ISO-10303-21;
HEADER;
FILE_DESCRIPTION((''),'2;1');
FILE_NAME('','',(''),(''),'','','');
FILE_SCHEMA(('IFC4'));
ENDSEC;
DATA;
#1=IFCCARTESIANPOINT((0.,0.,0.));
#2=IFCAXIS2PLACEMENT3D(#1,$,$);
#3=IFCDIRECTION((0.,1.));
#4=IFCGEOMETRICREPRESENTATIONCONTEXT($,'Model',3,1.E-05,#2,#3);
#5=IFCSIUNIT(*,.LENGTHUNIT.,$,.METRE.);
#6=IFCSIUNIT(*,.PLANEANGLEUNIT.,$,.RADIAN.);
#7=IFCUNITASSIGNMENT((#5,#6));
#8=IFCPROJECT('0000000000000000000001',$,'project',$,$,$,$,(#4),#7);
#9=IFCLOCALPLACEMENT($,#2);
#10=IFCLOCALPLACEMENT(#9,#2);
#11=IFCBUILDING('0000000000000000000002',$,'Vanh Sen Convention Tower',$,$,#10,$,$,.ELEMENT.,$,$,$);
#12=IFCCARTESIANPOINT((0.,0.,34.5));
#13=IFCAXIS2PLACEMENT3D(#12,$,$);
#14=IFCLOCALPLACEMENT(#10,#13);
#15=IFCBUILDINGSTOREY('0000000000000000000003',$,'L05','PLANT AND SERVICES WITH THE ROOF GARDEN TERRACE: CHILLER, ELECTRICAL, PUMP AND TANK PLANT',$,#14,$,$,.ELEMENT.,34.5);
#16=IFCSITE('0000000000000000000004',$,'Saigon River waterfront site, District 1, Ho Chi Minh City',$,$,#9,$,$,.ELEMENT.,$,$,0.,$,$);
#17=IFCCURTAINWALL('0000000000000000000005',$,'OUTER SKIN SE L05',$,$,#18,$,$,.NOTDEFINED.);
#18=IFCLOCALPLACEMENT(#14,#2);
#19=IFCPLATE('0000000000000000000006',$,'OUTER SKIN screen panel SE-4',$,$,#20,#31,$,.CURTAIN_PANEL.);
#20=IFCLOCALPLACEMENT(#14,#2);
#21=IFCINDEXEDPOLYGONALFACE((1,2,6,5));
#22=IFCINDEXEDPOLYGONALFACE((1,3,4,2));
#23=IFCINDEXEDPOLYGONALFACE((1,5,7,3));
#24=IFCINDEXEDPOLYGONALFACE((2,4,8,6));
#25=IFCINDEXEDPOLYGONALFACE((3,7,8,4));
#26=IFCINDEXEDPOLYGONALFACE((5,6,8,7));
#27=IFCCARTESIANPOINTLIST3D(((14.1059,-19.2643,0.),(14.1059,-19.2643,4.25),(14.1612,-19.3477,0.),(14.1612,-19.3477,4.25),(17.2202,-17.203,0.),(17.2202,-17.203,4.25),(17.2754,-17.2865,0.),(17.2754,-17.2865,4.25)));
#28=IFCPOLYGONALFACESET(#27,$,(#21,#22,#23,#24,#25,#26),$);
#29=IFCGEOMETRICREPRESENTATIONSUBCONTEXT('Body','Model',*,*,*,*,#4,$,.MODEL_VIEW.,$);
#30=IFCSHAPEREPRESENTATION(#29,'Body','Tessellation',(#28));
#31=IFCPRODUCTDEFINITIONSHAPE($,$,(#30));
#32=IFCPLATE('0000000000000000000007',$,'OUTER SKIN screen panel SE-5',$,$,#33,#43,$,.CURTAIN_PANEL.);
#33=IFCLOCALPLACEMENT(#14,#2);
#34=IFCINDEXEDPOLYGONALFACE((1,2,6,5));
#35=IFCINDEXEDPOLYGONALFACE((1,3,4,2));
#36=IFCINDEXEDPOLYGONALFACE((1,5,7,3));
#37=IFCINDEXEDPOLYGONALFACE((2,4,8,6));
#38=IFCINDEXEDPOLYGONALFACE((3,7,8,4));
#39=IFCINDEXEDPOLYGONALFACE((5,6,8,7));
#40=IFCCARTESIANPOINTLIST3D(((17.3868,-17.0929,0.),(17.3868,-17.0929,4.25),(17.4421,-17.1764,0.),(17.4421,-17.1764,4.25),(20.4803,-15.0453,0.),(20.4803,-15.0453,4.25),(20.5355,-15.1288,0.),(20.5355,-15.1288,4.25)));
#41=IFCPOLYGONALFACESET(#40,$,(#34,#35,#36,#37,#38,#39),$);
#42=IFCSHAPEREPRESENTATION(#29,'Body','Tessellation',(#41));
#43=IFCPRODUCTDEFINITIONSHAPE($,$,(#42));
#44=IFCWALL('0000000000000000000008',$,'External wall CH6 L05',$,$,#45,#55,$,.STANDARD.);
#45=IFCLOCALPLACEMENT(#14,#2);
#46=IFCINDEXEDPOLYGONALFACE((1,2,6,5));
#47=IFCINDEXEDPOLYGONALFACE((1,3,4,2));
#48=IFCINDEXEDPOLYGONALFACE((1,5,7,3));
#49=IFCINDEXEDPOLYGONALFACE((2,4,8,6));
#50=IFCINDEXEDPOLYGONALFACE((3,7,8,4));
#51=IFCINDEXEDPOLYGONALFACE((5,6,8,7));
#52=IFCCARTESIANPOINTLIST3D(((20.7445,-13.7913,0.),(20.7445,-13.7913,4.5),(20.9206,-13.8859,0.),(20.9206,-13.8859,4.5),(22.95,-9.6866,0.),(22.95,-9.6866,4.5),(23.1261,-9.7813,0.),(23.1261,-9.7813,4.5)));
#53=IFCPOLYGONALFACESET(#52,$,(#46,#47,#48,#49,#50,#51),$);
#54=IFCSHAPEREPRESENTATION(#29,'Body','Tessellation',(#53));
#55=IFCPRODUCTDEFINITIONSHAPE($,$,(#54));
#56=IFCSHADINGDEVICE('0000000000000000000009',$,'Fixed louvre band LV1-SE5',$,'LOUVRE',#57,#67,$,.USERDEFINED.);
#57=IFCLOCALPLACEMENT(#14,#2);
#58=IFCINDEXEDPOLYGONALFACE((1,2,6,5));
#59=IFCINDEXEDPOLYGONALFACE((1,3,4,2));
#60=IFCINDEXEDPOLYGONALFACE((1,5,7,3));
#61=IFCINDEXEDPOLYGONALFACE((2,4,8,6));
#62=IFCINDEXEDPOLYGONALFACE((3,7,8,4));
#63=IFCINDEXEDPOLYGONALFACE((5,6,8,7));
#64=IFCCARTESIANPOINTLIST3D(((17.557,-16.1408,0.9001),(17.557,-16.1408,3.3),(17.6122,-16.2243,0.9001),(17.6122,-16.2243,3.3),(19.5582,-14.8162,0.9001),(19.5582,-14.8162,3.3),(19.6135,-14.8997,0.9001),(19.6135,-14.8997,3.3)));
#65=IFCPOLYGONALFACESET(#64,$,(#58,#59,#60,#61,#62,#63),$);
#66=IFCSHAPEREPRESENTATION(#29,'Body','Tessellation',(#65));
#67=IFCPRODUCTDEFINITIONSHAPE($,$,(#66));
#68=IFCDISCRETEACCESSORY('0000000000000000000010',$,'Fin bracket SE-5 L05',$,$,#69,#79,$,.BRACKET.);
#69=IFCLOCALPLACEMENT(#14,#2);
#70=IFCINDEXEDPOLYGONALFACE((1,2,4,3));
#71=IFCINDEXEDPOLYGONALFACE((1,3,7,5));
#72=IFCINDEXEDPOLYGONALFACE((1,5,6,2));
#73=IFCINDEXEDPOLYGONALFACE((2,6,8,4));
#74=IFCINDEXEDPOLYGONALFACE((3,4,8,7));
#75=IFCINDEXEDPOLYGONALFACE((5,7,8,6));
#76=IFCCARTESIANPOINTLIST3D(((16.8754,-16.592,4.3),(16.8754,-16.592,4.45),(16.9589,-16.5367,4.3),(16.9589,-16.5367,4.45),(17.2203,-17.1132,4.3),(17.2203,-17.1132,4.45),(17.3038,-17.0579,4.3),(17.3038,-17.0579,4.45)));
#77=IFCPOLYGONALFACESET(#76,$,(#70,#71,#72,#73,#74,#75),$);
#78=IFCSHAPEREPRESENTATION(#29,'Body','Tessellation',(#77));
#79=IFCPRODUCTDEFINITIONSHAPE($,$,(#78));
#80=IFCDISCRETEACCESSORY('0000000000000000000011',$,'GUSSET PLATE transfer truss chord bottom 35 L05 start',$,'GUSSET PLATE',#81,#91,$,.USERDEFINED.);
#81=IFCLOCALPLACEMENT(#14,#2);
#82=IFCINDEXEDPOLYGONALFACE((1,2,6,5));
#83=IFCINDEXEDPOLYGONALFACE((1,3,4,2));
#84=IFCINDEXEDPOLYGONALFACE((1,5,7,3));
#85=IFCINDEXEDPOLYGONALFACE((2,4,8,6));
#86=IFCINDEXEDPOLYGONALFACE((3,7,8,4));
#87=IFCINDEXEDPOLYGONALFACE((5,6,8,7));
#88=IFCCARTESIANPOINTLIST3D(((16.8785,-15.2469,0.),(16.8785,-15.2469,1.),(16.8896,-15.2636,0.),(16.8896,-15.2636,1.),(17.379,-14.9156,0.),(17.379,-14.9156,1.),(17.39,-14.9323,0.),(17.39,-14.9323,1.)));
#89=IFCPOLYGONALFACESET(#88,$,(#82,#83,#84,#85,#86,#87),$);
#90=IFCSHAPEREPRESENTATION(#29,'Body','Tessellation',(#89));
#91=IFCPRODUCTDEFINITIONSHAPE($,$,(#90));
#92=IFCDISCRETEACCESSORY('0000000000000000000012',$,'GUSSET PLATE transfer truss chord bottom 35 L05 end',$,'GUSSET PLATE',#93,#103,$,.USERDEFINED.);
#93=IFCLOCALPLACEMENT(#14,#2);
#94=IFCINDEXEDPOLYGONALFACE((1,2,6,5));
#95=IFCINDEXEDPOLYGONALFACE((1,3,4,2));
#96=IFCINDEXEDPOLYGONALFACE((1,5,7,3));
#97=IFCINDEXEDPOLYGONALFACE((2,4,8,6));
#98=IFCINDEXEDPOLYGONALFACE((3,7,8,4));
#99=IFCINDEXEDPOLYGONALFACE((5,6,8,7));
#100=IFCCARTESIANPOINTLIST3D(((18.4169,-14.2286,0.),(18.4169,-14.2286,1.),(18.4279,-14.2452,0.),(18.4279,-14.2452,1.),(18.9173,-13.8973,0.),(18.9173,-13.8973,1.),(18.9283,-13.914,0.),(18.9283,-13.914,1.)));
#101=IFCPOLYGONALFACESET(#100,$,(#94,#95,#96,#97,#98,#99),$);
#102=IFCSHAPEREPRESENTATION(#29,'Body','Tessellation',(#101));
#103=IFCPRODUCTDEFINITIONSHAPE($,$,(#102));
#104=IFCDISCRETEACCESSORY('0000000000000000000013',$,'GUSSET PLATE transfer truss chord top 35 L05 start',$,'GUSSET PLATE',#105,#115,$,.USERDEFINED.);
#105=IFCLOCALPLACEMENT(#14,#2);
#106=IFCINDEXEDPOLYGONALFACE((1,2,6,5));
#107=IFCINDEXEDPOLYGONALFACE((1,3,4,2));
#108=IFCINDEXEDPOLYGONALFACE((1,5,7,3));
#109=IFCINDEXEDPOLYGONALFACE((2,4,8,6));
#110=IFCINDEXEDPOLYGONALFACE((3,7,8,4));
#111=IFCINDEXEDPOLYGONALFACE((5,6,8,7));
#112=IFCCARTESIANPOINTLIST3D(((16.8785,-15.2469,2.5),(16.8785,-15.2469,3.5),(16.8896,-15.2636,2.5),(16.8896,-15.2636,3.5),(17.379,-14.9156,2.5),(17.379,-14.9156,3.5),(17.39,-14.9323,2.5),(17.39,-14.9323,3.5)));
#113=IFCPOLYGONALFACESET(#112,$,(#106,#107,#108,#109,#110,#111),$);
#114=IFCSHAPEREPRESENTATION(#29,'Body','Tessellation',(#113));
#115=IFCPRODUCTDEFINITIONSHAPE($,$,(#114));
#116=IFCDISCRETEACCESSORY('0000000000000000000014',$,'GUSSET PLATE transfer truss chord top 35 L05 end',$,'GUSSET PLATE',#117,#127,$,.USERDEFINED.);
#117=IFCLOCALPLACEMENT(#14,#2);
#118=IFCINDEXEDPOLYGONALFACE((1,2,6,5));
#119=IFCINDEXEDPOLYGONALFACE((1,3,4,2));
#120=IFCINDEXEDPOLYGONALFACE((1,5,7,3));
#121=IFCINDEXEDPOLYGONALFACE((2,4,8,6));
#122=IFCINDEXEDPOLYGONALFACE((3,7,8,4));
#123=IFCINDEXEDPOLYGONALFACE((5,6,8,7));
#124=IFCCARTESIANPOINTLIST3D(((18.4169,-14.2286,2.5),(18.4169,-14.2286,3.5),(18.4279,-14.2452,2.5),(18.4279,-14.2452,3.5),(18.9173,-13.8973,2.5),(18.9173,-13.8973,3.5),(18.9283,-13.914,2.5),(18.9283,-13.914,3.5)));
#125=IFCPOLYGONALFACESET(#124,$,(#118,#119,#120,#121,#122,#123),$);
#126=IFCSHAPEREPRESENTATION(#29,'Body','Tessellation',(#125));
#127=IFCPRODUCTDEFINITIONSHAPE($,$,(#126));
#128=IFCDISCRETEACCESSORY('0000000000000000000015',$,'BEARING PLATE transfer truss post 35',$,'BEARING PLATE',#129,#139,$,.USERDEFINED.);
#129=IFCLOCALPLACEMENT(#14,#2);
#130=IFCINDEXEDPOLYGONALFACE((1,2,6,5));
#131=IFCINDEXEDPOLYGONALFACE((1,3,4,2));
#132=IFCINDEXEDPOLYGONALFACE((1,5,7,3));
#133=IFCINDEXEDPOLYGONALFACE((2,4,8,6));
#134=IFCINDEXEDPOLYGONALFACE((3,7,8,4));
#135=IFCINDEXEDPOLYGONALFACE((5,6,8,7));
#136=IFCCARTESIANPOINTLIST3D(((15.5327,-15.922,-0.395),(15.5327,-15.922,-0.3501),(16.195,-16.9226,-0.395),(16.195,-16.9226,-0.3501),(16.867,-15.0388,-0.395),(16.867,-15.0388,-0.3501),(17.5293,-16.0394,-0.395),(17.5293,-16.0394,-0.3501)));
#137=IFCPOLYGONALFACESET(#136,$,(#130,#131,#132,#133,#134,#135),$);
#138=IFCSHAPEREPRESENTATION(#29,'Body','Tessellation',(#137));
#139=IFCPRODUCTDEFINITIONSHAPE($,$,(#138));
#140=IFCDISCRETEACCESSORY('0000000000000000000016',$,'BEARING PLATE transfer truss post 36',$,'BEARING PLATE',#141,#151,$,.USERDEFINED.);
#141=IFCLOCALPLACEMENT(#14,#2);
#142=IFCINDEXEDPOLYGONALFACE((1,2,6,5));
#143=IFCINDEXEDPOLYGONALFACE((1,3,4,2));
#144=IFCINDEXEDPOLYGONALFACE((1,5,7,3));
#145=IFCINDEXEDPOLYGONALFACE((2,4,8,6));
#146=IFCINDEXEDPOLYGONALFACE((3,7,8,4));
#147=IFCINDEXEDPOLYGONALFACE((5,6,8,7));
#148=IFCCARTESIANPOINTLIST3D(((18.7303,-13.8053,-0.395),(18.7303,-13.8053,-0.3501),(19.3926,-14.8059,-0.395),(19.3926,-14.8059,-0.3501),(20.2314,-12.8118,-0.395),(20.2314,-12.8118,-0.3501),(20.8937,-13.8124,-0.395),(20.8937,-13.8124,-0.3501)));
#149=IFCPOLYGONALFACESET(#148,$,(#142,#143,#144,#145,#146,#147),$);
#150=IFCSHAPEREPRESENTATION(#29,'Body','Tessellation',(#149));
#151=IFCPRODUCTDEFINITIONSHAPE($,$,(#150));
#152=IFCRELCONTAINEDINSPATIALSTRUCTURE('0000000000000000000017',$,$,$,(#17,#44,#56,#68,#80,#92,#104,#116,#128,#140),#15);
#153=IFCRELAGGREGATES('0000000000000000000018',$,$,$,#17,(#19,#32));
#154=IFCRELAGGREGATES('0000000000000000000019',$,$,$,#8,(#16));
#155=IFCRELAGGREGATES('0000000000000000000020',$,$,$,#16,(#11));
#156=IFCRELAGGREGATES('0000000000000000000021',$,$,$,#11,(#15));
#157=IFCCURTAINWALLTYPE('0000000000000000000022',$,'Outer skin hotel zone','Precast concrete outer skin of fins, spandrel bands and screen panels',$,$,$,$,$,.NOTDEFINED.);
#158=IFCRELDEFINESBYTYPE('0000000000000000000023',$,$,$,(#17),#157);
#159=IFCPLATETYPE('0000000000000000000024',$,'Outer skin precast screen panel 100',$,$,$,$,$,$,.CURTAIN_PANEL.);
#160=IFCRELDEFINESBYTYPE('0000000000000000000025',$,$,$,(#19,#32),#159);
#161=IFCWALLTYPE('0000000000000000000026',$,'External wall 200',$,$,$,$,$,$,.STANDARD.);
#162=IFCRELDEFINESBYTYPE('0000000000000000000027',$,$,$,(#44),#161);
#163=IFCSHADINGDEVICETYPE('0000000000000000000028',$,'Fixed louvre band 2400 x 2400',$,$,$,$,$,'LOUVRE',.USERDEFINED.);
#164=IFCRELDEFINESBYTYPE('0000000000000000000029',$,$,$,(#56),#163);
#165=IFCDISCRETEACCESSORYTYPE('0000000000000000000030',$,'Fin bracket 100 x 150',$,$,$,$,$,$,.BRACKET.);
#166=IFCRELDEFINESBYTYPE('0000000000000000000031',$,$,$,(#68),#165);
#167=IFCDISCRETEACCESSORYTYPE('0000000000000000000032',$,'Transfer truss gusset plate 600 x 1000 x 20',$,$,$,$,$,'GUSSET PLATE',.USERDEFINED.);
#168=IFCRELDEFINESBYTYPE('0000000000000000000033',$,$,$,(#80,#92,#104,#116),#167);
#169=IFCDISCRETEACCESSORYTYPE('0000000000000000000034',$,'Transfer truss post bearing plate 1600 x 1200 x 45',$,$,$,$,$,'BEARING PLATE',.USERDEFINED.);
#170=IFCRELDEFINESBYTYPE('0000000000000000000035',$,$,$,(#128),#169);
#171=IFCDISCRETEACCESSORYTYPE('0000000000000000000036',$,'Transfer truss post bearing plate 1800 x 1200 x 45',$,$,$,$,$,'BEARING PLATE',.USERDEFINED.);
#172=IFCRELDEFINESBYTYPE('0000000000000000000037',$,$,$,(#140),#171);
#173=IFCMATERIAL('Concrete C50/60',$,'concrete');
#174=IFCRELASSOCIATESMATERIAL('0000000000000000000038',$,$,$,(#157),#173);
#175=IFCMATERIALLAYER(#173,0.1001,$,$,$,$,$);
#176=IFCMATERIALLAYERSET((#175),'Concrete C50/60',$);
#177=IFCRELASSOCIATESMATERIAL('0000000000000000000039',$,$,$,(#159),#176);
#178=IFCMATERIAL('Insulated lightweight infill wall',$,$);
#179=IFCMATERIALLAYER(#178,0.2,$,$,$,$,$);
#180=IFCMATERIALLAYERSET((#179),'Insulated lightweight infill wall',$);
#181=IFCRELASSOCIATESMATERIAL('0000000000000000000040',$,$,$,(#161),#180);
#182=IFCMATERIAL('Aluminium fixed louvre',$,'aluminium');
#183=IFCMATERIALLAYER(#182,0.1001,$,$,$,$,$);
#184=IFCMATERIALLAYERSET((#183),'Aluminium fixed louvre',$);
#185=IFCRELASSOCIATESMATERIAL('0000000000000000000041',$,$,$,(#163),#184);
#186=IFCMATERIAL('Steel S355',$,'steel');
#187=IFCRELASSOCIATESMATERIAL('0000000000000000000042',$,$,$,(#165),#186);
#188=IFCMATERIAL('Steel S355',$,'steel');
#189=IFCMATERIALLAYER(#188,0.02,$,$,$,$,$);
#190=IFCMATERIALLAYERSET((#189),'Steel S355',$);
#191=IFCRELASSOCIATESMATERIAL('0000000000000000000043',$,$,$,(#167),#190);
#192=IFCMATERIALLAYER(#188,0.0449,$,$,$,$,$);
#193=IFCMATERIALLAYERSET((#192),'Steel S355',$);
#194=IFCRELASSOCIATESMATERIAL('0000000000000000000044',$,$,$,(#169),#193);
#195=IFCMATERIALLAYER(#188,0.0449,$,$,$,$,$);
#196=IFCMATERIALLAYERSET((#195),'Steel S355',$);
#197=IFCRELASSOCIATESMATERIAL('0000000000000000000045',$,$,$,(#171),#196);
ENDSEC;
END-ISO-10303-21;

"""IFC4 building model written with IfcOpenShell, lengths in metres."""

from ifc_helpers import new_model, si_unit, direction, frame, frame_2d, origin, origin_2d, place, context, subcontext, project, spatial, rectangle, extrude, material, layer, layer_set, type_object, element, aggregate, save


model = new_model("IFC4")

# Units and contexts
model_context = context("Model", 3, precision=1e-05, world=origin(), true_north=direction((0.0, 1.0)))
body_context = subcontext(model_context, "Body", "Model", "MODEL_VIEW")
ifc_project = project(units=[si_unit("LENGTHUNIT", "METRE"), si_unit("PLANEANGLEUNIT", "RADIAN")], contexts=[model_context])

# Site, building, storey
site_placement = place(None, origin())
site = spatial("IfcSite", under=ifc_project, at=site_placement, Name="Saigon River waterfront site, District 1, Ho Chi Minh City", CompositionType="ELEMENT", RefElevation=0.0)
building_placement = place(site_placement, origin())
building = spatial("IfcBuilding", under=site, at=building_placement, Name="Vanh Sen Convention Tower", CompositionType="ELEMENT")
storey_placement = place(building_placement, frame((0.0, 0.0, 34.5)))
storey = spatial("IfcBuildingStorey", under=building, at=storey_placement, Name="L05", Description="PLANT AND SERVICES WITH THE ROOF GARDEN TERRACE: CHILLER, ELECTRICAL, PUMP AND TANK PLANT", CompositionType="ELEMENT", Elevation=34.5)

# Curtain wall
ifc_material_1 = material(Name="Concrete C50/60", Category="concrete")
curtain_wall_type = type_object("IfcCurtainWallType", Name="Outer skin hotel zone", Description="Precast concrete outer skin of fins, spandrel bands and screen panels", PredefinedType="NOTDEFINED", material=ifc_material_1)
curtain_wall_1_placement = place(storey_placement, origin())
curtain_wall_1 = element("IfcCurtainWall", 1, at=curtain_wall_1_placement, inside=storey, type_object=curtain_wall_type, Name="OUTER SKIN SE L05", PredefinedType="NOTDEFINED")

# Shared definitions
ifc_material_2 = material(Name="Steel S355", Category="steel")

# Plates
ifc_layer_1 = layer(ifc_material_1, 0.1001)
ifc_layer_set_1 = layer_set([ifc_layer_1], Name="Concrete C50/60")
plate_type = type_object("IfcPlateType", Name="Outer skin precast screen panel 100", PredefinedType="CURTAIN_PANEL", material=ifc_layer_set_1)
plate_1_placement = place(storey_placement, frame((15.6907, -18.2754, 0.0), z_axis=(0.0, 0.0, 1.0), x_axis=(0.833892, 0.551928, 0.0)))
plate_1 = element("IfcPlate", 2, at=plate_1_placement, type_object=plate_type, Name="OUTER SKIN screen panel SE-4", PredefinedType="CURTAIN_PANEL", context=body_context, shape_type="SweptSolid", body=[
    extrude(rectangle(XDim=3.7346, YDim=0.1001, at=origin_2d()), origin(), (0.0, 0.0, 1.0), 4.25),
])
plate_2_placement = place(storey_placement, frame((18.9612, -16.1108, 0.0), z_axis=(0.0, 0.0, 1.0), x_axis=(0.83388, 0.551946, 0.0)))
plate_2 = element("IfcPlate", 3, at=plate_2_placement, type_object=plate_type, Name="OUTER SKIN screen panel SE-5", PredefinedType="CURTAIN_PANEL", context=body_context, shape_type="SweptSolid", body=[
    extrude(rectangle(XDim=3.7097, YDim=0.1001, at=origin_2d()), origin(), (0.0, 0.0, 1.0), 4.25),
])
aggregate(curtain_wall_1, [plate_1, plate_2])

# Wall
ifc_material_3 = material(Name="Insulated lightweight infill wall")
ifc_layer_2 = layer(ifc_material_3, 0.2)
ifc_layer_set_2 = layer_set([ifc_layer_2], Name="Insulated lightweight infill wall")
wall_type = type_object("IfcWallType", Name="External wall 200", PredefinedType="STANDARD", material=ifc_layer_set_2)
wall_placement = place(storey_placement, frame((20.8325, -13.8386, 0.0), z_axis=(0.0, 0.0, 1.0), x_axis=(0.473322, 0.88089, 0.0)))
element("IfcWall", 4, at=wall_placement, inside=storey, type_object=wall_type, Name="External wall CH6 L05", PredefinedType="STANDARD", context=body_context, shape_type="SweptSolid", body=[
    extrude(rectangle(XDim=4.6597, YDim=0.2, at=frame_2d((2.3298, 0.0))), origin(), (0.0, 0.0, 1.0), 4.5),
])

# Shading device
ifc_material_4 = material(Name="Aluminium fixed louvre", Category="aluminium")
ifc_layer_3 = layer(ifc_material_4, 0.1001)
ifc_layer_set_3 = layer_set([ifc_layer_3], Name="Aluminium fixed louvre")
shading_device_type = type_object("IfcShadingDeviceType", Name="Fixed louvre band 2400 x 2400", ElementType="LOUVRE", PredefinedType="USERDEFINED", material=ifc_layer_set_3)
shading_device_placement = place(storey_placement, frame((18.5852, -15.5203, 0.9001), z_axis=(0.0, 0.0, 1.0), x_axis=(0.833886, 0.551937, 0.0)))
element("IfcShadingDevice", 5, at=shading_device_placement, inside=storey, type_object=shading_device_type, Name="Fixed louvre band LV1-SE5", ObjectType="LOUVRE", PredefinedType="USERDEFINED", context=body_context, shape_type="SweptSolid", body=[
    extrude(rectangle(XDim=2.3999, YDim=0.1001, at=origin_2d()), origin(), (0.0, 0.0, 1.0), 2.3999),
])

# Discrete accessories
ifc_material_5 = material(Name="Steel S355", Category="steel")
discrete_accessory_type_1 = type_object("IfcDiscreteAccessoryType", Name="Fin bracket 100 x 150", PredefinedType="BRACKET", material=ifc_material_5)
discrete_accessory_1_placement = place(storey_placement, frame((17.0896, -16.825, 4.3), z_axis=(0.0, 0.0, 1.0), x_axis=(0.551937, -0.833886, 0.0)))
element("IfcDiscreteAccessory", 6, at=discrete_accessory_1_placement, inside=storey, type_object=discrete_accessory_type_1, Name="Fin bracket SE-5 L05", PredefinedType="BRACKET", context=body_context, shape_type="SweptSolid", body=[
    extrude(rectangle(XDim=0.625, YDim=0.1001, at=origin_2d()), origin(), (0.0, 0.0, 1.0), 0.1499),
])
ifc_layer_4 = layer(ifc_material_2, 0.02)
ifc_layer_set_4 = layer_set([ifc_layer_4], Name="Steel S355")
discrete_accessory_type_2 = type_object("IfcDiscreteAccessoryType", Name="Transfer truss gusset plate 600 x 1000 x 20", ElementType="GUSSET PLATE", PredefinedType="USERDEFINED", material=ifc_layer_set_4)
for number, where, z_axis, x_axis, name in (
    (7, (17.1343, -15.0896, 0.0), (0.0, 0.0, 1.0), (0.83388, 0.551946, 0.0), "GUSSET PLATE transfer truss chord bottom 35 L05 start"),
    (8, (18.6726, -14.0713, 0.0), (0.0, 0.0, 1.0), (-0.83388, -0.551946, 0.0), "GUSSET PLATE transfer truss chord bottom 35 L05 end"),
    (9, (17.1343, -15.0896, 2.5), (0.0, 0.0, 1.0), (0.83388, 0.551946, 0.0), "GUSSET PLATE transfer truss chord top 35 L05 start"),
    (10, (18.6726, -14.0713, 2.5), (0.0, 0.0, 1.0), (-0.83388, -0.551946, 0.0), "GUSSET PLATE transfer truss chord top 35 L05 end"),
):
    element("IfcDiscreteAccessory", number, at=place(storey_placement, frame(where, z_axis=z_axis, x_axis=x_axis)), inside=storey, type_object=discrete_accessory_type_2, Name=name, ObjectType="GUSSET PLATE", PredefinedType="USERDEFINED", context=body_context, shape_type="SweptSolid", body=[
        extrude(rectangle(XDim=0.6001, YDim=0.02, at=origin_2d()), origin(), (0.0, 0.0, 1.0), 1.0),
    ])
ifc_layer_5 = layer(ifc_material_2, 0.0449)
ifc_layer_set_5 = layer_set([ifc_layer_5], Name="Steel S355")
discrete_accessory_type_3 = type_object("IfcDiscreteAccessoryType", Name="Transfer truss post bearing plate 1600 x 1200 x 45", ElementType="BEARING PLATE", PredefinedType="USERDEFINED", material=ifc_layer_set_5)
discrete_accessory_2_placement = place(storey_placement, frame((16.531, -15.9807, -0.395), z_axis=(0.0, 0.0, 1.0), x_axis=(0.833886, 0.551937, 0.0)))
element("IfcDiscreteAccessory", 11, at=discrete_accessory_2_placement, inside=storey, type_object=discrete_accessory_type_3, Name="BEARING PLATE transfer truss post 35", ObjectType="BEARING PLATE", PredefinedType="USERDEFINED", context=body_context, shape_type="SweptSolid", body=[
    extrude(rectangle(XDim=1.6001, YDim=1.2, at=origin_2d()), origin(), (0.0, 0.0, 1.0), 0.0449),
])
ifc_layer_6 = layer(ifc_material_2, 0.0449)
ifc_layer_set_6 = layer_set([ifc_layer_6], Name="Steel S355")
discrete_accessory_type_4 = type_object("IfcDiscreteAccessoryType", Name="Transfer truss post bearing plate 1800 x 1200 x 45", ElementType="BEARING PLATE", PredefinedType="USERDEFINED", material=ifc_layer_set_6)
discrete_accessory_3_placement = place(storey_placement, frame((19.812, -13.8088, -0.395), z_axis=(0.0, 0.0, 1.0), x_axis=(0.833886, 0.551937, 0.0)))
element("IfcDiscreteAccessory", 12, at=discrete_accessory_3_placement, inside=storey, type_object=discrete_accessory_type_4, Name="BEARING PLATE transfer truss post 36", ObjectType="BEARING PLATE", PredefinedType="USERDEFINED", context=body_context, shape_type="SweptSolid", body=[
    extrude(rectangle(XDim=1.8, YDim=1.2, at=origin_2d()), origin(), (0.0, 0.0, 1.0), 0.0449),
])

save(model, "model.ifc")
